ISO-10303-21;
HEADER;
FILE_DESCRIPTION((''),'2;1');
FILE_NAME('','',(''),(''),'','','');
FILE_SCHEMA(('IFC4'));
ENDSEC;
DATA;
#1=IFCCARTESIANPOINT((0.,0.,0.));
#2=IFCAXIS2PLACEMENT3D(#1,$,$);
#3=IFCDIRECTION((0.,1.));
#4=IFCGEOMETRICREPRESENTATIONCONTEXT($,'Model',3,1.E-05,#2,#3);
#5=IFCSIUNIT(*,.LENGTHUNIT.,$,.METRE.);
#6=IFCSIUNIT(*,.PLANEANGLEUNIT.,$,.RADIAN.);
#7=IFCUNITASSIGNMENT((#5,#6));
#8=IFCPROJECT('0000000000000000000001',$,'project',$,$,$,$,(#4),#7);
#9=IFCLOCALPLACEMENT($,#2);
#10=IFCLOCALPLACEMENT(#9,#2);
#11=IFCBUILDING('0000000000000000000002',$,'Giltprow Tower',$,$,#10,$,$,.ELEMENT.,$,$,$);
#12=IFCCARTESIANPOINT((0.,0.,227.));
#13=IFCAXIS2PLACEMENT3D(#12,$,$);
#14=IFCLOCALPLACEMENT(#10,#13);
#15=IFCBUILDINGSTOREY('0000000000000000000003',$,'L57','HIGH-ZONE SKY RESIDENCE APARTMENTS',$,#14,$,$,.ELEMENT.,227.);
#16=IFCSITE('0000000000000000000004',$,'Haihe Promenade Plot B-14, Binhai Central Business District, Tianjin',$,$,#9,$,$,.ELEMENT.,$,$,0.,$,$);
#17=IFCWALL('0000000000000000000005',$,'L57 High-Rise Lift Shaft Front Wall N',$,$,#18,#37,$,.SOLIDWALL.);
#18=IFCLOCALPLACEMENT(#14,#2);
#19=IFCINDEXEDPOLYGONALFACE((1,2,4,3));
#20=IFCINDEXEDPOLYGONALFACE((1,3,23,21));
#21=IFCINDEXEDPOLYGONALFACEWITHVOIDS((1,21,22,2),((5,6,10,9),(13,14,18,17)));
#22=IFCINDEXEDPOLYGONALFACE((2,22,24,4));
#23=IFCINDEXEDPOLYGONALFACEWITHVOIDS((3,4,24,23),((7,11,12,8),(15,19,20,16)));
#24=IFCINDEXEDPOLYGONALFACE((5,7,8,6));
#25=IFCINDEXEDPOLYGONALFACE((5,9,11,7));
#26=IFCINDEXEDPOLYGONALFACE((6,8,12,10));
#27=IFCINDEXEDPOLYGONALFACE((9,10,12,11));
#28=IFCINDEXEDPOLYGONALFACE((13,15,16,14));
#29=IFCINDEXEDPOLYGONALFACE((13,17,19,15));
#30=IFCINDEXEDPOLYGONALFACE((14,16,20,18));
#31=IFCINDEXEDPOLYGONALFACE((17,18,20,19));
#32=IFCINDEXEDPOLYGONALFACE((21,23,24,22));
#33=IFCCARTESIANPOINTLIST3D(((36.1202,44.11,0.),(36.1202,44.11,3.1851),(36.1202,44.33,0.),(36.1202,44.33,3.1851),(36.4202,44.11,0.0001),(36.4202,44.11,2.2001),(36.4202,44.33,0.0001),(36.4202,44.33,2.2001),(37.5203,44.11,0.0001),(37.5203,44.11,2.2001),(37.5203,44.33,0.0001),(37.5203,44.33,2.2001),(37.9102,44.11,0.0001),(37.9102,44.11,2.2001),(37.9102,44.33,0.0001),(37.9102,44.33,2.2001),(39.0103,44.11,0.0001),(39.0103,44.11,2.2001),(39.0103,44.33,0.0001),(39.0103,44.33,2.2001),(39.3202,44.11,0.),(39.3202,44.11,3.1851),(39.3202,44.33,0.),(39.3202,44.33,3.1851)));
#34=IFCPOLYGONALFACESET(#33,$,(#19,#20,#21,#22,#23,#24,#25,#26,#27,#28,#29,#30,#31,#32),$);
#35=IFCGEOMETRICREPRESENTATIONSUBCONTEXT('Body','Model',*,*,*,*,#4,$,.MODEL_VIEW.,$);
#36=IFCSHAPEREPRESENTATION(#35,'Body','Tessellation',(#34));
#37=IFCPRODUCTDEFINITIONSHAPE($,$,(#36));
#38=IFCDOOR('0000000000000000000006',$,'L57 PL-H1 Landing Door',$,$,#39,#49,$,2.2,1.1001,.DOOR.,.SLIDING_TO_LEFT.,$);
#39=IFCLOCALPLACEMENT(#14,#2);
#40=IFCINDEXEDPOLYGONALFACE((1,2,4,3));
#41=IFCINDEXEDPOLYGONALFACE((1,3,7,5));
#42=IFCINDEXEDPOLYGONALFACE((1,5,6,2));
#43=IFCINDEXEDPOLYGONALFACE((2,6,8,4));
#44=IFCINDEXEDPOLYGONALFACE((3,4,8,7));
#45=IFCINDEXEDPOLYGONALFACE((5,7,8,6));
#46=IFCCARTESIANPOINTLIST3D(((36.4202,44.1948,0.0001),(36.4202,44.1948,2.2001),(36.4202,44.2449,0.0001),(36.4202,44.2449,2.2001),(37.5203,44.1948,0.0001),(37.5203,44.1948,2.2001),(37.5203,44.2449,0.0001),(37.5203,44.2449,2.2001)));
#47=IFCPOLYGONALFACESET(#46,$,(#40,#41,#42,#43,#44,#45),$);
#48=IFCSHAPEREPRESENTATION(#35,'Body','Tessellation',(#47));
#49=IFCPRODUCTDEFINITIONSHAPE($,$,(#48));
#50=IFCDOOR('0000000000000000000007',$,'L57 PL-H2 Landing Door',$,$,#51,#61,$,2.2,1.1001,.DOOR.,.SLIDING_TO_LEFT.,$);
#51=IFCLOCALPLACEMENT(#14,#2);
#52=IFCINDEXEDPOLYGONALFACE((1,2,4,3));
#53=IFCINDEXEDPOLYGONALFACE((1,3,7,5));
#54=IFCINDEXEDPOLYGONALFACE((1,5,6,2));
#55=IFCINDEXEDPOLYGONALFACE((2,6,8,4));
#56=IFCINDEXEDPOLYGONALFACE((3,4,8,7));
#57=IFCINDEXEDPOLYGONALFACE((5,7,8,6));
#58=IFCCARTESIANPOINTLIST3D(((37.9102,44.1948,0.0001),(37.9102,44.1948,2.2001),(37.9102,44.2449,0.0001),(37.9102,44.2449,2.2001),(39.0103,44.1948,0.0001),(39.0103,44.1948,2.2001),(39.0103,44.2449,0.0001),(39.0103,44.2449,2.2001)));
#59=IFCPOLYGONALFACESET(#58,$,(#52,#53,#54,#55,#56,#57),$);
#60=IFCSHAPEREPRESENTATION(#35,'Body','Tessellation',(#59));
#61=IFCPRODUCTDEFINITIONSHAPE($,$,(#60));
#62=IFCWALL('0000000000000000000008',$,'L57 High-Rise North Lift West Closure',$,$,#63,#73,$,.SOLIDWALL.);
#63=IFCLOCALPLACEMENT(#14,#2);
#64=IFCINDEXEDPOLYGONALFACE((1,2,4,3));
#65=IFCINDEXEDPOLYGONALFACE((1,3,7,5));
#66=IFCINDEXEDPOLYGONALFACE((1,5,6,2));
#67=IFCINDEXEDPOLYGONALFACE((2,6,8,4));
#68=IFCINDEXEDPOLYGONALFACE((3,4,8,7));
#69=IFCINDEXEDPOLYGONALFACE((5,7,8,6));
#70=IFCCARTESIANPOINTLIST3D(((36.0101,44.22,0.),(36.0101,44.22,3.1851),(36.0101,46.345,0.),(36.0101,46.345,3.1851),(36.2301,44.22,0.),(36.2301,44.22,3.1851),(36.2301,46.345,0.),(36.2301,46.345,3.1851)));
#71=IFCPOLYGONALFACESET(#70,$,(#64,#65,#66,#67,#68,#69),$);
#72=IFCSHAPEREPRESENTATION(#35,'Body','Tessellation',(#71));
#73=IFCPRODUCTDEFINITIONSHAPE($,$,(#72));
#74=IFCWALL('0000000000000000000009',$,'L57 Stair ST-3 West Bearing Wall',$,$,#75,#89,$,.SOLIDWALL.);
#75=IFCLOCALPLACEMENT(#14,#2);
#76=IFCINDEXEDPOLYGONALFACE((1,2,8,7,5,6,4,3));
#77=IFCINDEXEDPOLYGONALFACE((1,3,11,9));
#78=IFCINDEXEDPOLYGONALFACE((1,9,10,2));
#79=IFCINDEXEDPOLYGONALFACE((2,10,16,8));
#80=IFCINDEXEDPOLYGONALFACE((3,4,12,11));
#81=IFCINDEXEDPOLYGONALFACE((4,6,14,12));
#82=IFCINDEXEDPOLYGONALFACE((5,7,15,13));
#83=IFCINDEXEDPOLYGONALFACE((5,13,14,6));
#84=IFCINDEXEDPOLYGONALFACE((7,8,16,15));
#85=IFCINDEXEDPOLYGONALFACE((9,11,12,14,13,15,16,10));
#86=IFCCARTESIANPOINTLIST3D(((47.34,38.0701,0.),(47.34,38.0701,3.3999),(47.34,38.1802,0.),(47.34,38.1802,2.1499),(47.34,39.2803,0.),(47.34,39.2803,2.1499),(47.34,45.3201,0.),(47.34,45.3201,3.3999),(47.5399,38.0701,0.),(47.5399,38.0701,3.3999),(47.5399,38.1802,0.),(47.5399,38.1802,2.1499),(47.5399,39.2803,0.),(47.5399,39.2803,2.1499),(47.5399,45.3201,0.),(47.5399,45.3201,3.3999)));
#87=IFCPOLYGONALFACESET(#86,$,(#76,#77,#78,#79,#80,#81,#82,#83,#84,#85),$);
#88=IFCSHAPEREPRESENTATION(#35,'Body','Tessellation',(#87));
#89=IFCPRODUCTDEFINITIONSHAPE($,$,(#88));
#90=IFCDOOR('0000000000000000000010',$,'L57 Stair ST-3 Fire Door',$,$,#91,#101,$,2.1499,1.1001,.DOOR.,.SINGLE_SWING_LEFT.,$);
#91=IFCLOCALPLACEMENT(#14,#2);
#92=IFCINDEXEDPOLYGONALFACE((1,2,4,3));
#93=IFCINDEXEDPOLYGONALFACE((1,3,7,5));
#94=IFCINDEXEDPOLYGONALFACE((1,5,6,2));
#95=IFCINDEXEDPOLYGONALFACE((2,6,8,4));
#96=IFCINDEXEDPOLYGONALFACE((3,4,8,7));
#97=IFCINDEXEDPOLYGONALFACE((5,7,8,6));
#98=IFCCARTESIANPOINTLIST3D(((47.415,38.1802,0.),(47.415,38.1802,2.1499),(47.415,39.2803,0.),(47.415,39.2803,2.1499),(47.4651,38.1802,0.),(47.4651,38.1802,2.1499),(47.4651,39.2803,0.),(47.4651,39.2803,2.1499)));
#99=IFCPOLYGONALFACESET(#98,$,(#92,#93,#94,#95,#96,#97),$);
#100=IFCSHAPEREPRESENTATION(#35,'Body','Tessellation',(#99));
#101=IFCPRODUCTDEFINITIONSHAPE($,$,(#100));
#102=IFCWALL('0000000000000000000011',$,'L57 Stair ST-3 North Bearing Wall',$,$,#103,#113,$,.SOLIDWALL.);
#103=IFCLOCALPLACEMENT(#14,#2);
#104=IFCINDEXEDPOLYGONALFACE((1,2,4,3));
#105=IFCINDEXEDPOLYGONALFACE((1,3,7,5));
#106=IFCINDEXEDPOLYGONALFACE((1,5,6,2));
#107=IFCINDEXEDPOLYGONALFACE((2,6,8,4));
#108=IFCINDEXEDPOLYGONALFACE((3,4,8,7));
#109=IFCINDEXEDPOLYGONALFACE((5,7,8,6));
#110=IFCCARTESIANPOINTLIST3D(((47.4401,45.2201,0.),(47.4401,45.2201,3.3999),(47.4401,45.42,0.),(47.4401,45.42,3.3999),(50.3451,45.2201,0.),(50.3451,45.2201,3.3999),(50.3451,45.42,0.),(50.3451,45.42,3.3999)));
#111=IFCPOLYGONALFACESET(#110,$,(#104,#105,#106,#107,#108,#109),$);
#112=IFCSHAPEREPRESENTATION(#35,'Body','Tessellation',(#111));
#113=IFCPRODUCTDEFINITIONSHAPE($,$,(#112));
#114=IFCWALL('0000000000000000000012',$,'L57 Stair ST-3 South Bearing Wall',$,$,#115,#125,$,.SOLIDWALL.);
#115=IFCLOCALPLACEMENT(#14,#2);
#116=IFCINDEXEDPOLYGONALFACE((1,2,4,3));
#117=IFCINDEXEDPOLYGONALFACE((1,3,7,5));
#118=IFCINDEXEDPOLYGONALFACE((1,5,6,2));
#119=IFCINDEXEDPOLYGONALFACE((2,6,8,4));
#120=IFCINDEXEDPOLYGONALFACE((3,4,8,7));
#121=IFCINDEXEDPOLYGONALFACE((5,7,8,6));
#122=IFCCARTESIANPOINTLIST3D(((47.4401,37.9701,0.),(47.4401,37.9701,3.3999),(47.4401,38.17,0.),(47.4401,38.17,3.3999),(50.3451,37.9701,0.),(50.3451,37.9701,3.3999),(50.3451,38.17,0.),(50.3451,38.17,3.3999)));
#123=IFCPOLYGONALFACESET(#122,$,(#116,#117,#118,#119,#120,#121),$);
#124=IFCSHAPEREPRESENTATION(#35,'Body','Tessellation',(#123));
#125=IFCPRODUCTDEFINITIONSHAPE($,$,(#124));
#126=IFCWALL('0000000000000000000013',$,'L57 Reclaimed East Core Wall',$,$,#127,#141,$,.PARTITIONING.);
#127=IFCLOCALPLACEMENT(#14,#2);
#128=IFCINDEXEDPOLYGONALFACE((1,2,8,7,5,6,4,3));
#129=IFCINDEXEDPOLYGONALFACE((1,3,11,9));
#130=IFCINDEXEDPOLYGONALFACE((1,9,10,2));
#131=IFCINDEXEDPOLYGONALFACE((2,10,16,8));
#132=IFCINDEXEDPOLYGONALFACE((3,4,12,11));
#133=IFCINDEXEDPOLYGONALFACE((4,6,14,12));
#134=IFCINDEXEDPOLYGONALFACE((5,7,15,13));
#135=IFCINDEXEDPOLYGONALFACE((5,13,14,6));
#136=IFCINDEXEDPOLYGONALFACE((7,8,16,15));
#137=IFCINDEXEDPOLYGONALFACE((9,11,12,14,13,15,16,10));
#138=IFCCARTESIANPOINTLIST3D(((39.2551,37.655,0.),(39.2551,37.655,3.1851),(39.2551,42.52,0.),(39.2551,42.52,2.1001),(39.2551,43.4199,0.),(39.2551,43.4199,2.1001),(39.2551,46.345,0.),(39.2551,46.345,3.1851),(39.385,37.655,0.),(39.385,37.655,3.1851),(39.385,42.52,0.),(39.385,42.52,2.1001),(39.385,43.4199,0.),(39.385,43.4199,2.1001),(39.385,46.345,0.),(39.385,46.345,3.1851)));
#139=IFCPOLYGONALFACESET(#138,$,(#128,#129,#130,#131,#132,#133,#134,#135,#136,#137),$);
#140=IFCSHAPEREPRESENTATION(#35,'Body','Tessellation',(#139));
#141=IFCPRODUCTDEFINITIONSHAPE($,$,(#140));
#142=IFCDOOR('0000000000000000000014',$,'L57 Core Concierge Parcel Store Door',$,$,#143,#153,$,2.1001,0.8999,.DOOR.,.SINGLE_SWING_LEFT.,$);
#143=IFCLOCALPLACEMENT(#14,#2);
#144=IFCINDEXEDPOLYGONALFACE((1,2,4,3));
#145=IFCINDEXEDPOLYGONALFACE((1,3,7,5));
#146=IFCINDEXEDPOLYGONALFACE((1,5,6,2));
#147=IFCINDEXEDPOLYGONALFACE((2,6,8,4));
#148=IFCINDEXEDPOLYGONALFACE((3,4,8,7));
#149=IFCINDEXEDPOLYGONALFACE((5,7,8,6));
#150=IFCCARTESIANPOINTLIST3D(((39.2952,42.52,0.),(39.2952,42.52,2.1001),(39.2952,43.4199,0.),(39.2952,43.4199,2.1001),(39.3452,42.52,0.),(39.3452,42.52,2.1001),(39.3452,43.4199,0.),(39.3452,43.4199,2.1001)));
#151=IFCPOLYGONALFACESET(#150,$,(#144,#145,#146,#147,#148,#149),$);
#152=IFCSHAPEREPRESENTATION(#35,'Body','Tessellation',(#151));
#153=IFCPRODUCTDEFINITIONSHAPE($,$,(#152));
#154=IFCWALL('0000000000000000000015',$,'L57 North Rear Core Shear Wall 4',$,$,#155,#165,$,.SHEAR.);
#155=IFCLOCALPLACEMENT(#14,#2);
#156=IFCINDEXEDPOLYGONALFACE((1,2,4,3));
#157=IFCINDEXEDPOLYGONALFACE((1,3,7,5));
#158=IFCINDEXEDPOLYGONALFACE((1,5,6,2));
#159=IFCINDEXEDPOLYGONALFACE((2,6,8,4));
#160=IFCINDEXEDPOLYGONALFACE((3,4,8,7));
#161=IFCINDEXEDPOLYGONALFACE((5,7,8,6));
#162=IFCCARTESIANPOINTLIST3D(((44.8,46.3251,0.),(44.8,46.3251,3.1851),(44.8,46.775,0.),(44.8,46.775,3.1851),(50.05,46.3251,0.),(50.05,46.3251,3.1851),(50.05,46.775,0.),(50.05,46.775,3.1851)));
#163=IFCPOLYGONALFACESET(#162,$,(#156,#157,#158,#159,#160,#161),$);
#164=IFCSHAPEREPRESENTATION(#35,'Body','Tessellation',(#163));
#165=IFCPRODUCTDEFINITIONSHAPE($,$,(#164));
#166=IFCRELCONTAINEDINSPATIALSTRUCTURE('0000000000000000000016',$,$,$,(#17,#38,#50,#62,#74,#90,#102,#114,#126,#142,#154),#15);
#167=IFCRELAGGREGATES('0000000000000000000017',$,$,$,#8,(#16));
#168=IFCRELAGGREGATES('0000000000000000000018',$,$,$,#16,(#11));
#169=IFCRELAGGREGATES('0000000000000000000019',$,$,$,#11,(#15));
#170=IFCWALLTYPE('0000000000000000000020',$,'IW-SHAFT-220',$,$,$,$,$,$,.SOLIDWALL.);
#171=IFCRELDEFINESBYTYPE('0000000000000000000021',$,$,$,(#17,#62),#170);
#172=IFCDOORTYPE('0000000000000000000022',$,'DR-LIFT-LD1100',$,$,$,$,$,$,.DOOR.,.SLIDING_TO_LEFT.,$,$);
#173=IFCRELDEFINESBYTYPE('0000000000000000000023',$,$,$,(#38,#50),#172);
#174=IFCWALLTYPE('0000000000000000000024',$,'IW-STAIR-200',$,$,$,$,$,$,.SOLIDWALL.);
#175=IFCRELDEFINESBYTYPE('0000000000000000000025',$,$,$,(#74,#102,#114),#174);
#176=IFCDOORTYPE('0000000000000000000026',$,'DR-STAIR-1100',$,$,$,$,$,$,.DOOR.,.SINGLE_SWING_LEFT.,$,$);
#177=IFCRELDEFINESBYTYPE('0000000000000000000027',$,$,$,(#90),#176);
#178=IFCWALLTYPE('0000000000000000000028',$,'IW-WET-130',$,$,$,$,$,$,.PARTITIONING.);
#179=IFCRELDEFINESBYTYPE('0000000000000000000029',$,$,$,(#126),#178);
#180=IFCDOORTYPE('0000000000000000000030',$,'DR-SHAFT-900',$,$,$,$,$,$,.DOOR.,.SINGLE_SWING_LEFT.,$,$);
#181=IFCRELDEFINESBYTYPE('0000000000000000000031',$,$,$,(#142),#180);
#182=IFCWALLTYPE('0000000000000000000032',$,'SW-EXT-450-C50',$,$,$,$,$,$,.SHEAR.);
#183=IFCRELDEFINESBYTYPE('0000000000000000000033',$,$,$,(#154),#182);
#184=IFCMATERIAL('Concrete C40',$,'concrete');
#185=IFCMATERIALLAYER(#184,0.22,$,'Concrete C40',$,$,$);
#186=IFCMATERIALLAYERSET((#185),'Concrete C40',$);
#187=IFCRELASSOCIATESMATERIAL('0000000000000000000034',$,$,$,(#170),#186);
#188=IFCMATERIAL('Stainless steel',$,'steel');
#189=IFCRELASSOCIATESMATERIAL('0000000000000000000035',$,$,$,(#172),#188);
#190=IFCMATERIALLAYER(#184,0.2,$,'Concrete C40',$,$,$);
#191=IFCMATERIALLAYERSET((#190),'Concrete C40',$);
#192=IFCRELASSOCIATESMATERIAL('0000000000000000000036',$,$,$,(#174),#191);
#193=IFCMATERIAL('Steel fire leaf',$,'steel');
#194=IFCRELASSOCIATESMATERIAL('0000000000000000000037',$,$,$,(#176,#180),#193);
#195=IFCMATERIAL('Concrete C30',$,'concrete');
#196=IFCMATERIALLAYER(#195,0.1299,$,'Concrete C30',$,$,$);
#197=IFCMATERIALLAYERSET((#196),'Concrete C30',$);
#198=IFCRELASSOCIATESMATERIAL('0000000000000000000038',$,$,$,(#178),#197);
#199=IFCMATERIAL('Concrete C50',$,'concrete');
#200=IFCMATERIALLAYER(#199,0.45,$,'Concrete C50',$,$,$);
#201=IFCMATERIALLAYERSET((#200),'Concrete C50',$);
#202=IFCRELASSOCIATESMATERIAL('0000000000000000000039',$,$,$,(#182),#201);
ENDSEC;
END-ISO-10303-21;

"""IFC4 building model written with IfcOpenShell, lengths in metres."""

from ifc_helpers import new_model, si_unit, direction, frame, frame_2d, origin, place, context, subcontext, project, spatial, rectangle, extrude, source, transform, mapped, material, layer, layer_set, type_object, element, fill, save


model = new_model("IFC4")

# Units and contexts
model_context = context("Model", 3, precision=1e-05, world=origin(), true_north=direction((0.0, 1.0)))
body_context = subcontext(model_context, "Body", "Model", "MODEL_VIEW")
ifc_project = project(units=[si_unit("LENGTHUNIT", "METRE"), si_unit("PLANEANGLEUNIT", "RADIAN")], contexts=[model_context])

# Site, building, storey
site_placement = place(None, origin())
site = spatial("IfcSite", under=ifc_project, at=site_placement, Name="Haihe Promenade Plot B-14, Binhai Central Business District, Tianjin", CompositionType="ELEMENT", RefElevation=0.0)
building_placement = place(site_placement, origin())
building = spatial("IfcBuilding", under=site, at=building_placement, Name="Giltprow Tower", CompositionType="ELEMENT")
storey_placement = place(building_placement, frame((0.0, 0.0, 227.0)))
storey = spatial("IfcBuildingStorey", under=building, at=storey_placement, Name="L57", Description="HIGH-ZONE SKY RESIDENCE APARTMENTS", CompositionType="ELEMENT", Elevation=227.0)

# Shared definitions
ifc_material_1 = material(Name="Concrete C50", Category="concrete")

# Shared definitions
ifc_material_2 = material(Name="Concrete C40", Category="concrete")
ifc_layer_1 = layer(ifc_material_2, 0.22, Name="Concrete C40")
ifc_layer_set_1 = layer_set([ifc_layer_1], Name="Concrete C40")
wall_type_1 = type_object("IfcWallType", Name="IW-SHAFT-220", PredefinedType="SOLIDWALL", material=ifc_layer_set_1)
ifc_material_3 = material(Name="Stainless steel", Category="steel")
door_type_1 = type_object("IfcDoorType", Name="DR-LIFT-LD1100", OperationType="SLIDING_TO_LEFT", PredefinedType="DOOR", material=ifc_material_3)
shared_shape_1 = source(origin(), body_context, "Body", "SweptSolid", [
    extrude(rectangle(XDim=1.1001, YDim=2.2, at=frame_2d((0.55, 1.1001))), frame((0.0, 0.0249, 0.0), z_axis=(0.0, -1.0, 0.0), x_axis=(1.0, 0.0, 0.0)), (0.0, 0.0, 1.0), 0.05),
])

# Wall, openings, doors
wall_1_placement = place(storey_placement, frame((36.1201, 44.22, 0.0), z_axis=(0.0, 0.0, 1.0), x_axis=(1.0, 0.0, 0.0)))
wall_1 = element("IfcWall", 1, at=wall_1_placement, inside=storey, type_object=wall_type_1, Name="L57 High-Rise Lift Shaft Front Wall N", PredefinedType="SOLIDWALL", context=body_context, shape_type="SweptSolid", body=[
    extrude(rectangle(XDim=3.2, YDim=0.22, at=frame_2d((1.6001, 0.0))), origin(), (0.0, 0.0, 1.0), 3.1851),
])
opening_1_placement = place(wall_1_placement, frame((0.3, 0.0, 0.0)))
opening_1 = element("IfcOpeningElement", 2, at=opening_1_placement, cuts=wall_1, PredefinedType="OPENING", context=body_context, shape_type="SweptSolid", body=[
    extrude(rectangle(XDim=1.1001, YDim=2.2, at=frame_2d((0.55, 1.1001))), frame((0.0, 0.1199, 0.0), z_axis=(0.0, -1.0, 0.0), x_axis=(1.0, 0.0, 0.0)), (0.0, 0.0, 1.0), 0.24),
])
opening_2_placement = place(wall_1_placement, frame((1.79, 0.0, 0.0)))
opening_2 = element("IfcOpeningElement", 3, at=opening_2_placement, cuts=wall_1, PredefinedType="OPENING", context=body_context, shape_type="SweptSolid", body=[
    extrude(rectangle(XDim=1.1001, YDim=2.2, at=frame_2d((0.55, 1.1001))), frame((0.0, 0.1199, 0.0), z_axis=(0.0, -1.0, 0.0), x_axis=(1.0, 0.0, 0.0)), (0.0, 0.0, 1.0), 0.24),
])
door_1_placement = place(opening_1_placement, origin())
door_1 = element("IfcDoor", 4, at=door_1_placement, inside=storey, type_object=door_type_1, Name="L57 PL-H1 Landing Door", OperationType="SLIDING_TO_LEFT", OverallHeight=2.2, OverallWidth=1.1001, PredefinedType="DOOR", context=body_context, shape_type="MappedRepresentation", body=[
    mapped(shared_shape_1, transform((0.0, 0.0, 0.0), x_axis=(1.0, 0.0, 0.0), y_axis=(0.0, 1.0, 0.0), z_axis=(0.0, 0.0, 1.0), scale=1.0)),
])
fill(opening_1, door_1)
door_2_placement = place(opening_2_placement, origin())
door_2 = element("IfcDoor", 5, at=door_2_placement, inside=storey, type_object=door_type_1, Name="L57 PL-H2 Landing Door", OperationType="SLIDING_TO_LEFT", OverallHeight=2.2, OverallWidth=1.1001, PredefinedType="DOOR", context=body_context, shape_type="MappedRepresentation", body=[
    mapped(shared_shape_1, transform((0.0, 0.0, 0.0), x_axis=(1.0, 0.0, 0.0), y_axis=(0.0, 1.0, 0.0), z_axis=(0.0, 0.0, 1.0), scale=1.0)),
])
fill(opening_2, door_2)

# Wall
wall_2_placement = place(storey_placement, frame((36.1201, 44.22, 0.0), z_axis=(0.0, 0.0, 1.0), x_axis=(0.0, 1.0, 0.0)))
element("IfcWall", 6, at=wall_2_placement, inside=storey, type_object=wall_type_1, Name="L57 High-Rise North Lift West Closure", PredefinedType="SOLIDWALL", context=body_context, shape_type="SweptSolid", body=[
    extrude(rectangle(XDim=2.125, YDim=0.22, at=frame_2d((1.0625, 0.0))), origin(), (0.0, 0.0, 1.0), 3.1851),
])

# Wall, opening, door
ifc_layer_2 = layer(ifc_material_2, 0.2, Name="Concrete C40")
ifc_layer_set_2 = layer_set([ifc_layer_2], Name="Concrete C40")
wall_type_2 = type_object("IfcWallType", Name="IW-STAIR-200", PredefinedType="SOLIDWALL", material=ifc_layer_set_2)
wall_3_placement = place(storey_placement, frame((47.4399, 38.0701, 0.0), z_axis=(0.0, 0.0, 1.0), x_axis=(0.0, 1.0, 0.0)))
wall_3 = element("IfcWall", 7, at=wall_3_placement, inside=storey, type_object=wall_type_2, Name="L57 Stair ST-3 West Bearing Wall", PredefinedType="SOLIDWALL", context=body_context, shape_type="SweptSolid", body=[
    extrude(rectangle(XDim=7.25, YDim=0.2, at=frame_2d((3.625, 0.0))), origin(), (0.0, 0.0, 1.0), 3.3999),
])
opening_3_placement = place(wall_3_placement, frame((0.1101, 0.0, 0.0)))
opening_3 = element("IfcOpeningElement", 8, at=opening_3_placement, cuts=wall_3, PredefinedType="OPENING", context=body_context, shape_type="SweptSolid", body=[
    extrude(rectangle(XDim=1.1001, YDim=2.1499, at=frame_2d((0.55, 1.075))), frame((0.0, 0.1099, 0.0), z_axis=(0.0, -1.0, 0.0), x_axis=(1.0, 0.0, 0.0)), (0.0, 0.0, 1.0), 0.22),
])
ifc_material_4 = material(Name="Steel fire leaf", Category="steel")
door_type_2 = type_object("IfcDoorType", Name="DR-STAIR-1100", OperationType="SINGLE_SWING_LEFT", PredefinedType="DOOR", material=ifc_material_4)
shared_shape_2 = source(origin(), body_context, "Body", "SweptSolid", [
    extrude(rectangle(XDim=1.1001, YDim=2.1499, at=frame_2d((0.55, 1.075))), frame((0.0, 0.0249, 0.0), z_axis=(0.0, -1.0, 0.0), x_axis=(1.0, 0.0, 0.0)), (0.0, 0.0, 1.0), 0.05),
])
door_3_placement = place(opening_3_placement, origin())
door_3 = element("IfcDoor", 9, at=door_3_placement, inside=storey, type_object=door_type_2, Name="L57 Stair ST-3 Fire Door", OperationType="SINGLE_SWING_LEFT", OverallHeight=2.1499, OverallWidth=1.1001, PredefinedType="DOOR", context=body_context, shape_type="MappedRepresentation", body=[
    mapped(shared_shape_2, transform((0.0, 0.0, 0.0), x_axis=(1.0, 0.0, 0.0), y_axis=(0.0, 1.0, 0.0), z_axis=(0.0, 0.0, 1.0), scale=1.0)),
])
fill(opening_3, door_3)

# Walls
for number, where, z_axis, x_axis, name in (
    (10, (47.4399, 45.3201, 0.0), (0.0, 0.0, 1.0), (1.0, 0.0, 0.0), "L57 Stair ST-3 North Bearing Wall"),
    (11, (47.4399, 38.0701, 0.0), (0.0, 0.0, 1.0), (1.0, 0.0, 0.0), "L57 Stair ST-3 South Bearing Wall"),
):
    element("IfcWall", number, at=place(storey_placement, frame(where, z_axis=z_axis, x_axis=x_axis)), inside=storey, type_object=wall_type_2, Name=name, PredefinedType="SOLIDWALL", context=body_context, shape_type="SweptSolid", body=[
        extrude(rectangle(XDim=2.905, YDim=0.2, at=frame_2d((1.4526, 0.0))), origin(), (0.0, 0.0, 1.0), 3.3999),
    ])

# Wall, opening, door
ifc_material_5 = material(Name="Concrete C30", Category="concrete")
ifc_layer_3 = layer(ifc_material_5, 0.1299, Name="Concrete C30")
ifc_layer_set_3 = layer_set([ifc_layer_3], Name="Concrete C30")
wall_type_3 = type_object("IfcWallType", Name="IW-WET-130", PredefinedType="PARTITIONING", material=ifc_layer_set_3)
wall_4_placement = place(storey_placement, frame((39.3201, 37.655, 0.0), z_axis=(0.0, 0.0, 1.0), x_axis=(0.0, 1.0, 0.0)))
wall_4 = element("IfcWall", 12, at=wall_4_placement, inside=storey, type_object=wall_type_3, Name="L57 Reclaimed East Core Wall", PredefinedType="PARTITIONING", context=body_context, shape_type="SweptSolid", body=[
    extrude(rectangle(XDim=8.6899, YDim=0.1299, at=frame_2d((4.345, 0.0))), origin(), (0.0, 0.0, 1.0), 3.1851),
])
opening_4_placement = place(wall_4_placement, frame((4.865, 0.0, 0.0)))
opening_4 = element("IfcOpeningElement", 13, at=opening_4_placement, cuts=wall_4, PredefinedType="OPENING", context=body_context, shape_type="SweptSolid", body=[
    extrude(rectangle(XDim=0.8999, YDim=2.1001, at=frame_2d((0.45, 1.05))), frame((0.0, 0.075, 0.0), z_axis=(0.0, -1.0, 0.0), x_axis=(1.0, 0.0, 0.0)), (0.0, 0.0, 1.0), 0.1499),
])
door_type_3 = type_object("IfcDoorType", Name="DR-SHAFT-900", OperationType="SINGLE_SWING_LEFT", PredefinedType="DOOR", material=ifc_material_4)
shared_shape_3 = source(origin(), body_context, "Body", "SweptSolid", [
    extrude(rectangle(XDim=0.8999, YDim=2.1001, at=frame_2d((0.45, 1.05))), frame((0.0, 0.0249, 0.0), z_axis=(0.0, -1.0, 0.0), x_axis=(1.0, 0.0, 0.0)), (0.0, 0.0, 1.0), 0.05),
])
door_4_placement = place(opening_4_placement, origin())
door_4 = element("IfcDoor", 14, at=door_4_placement, inside=storey, type_object=door_type_3, Name="L57 Core Concierge Parcel Store Door", OperationType="SINGLE_SWING_LEFT", OverallHeight=2.1001, OverallWidth=0.8999, PredefinedType="DOOR", context=body_context, shape_type="MappedRepresentation", body=[
    mapped(shared_shape_3, transform((0.0, 0.0, 0.0), x_axis=(1.0, 0.0, 0.0), y_axis=(0.0, 1.0, 0.0), z_axis=(0.0, 0.0, 1.0), scale=1.0)),
])
fill(opening_4, door_4)

# Wall
ifc_layer_4 = layer(ifc_material_1, 0.45, Name="Concrete C50")
ifc_layer_set_4 = layer_set([ifc_layer_4], Name="Concrete C50")
wall_type_4 = type_object("IfcWallType", Name="SW-EXT-450-C50", PredefinedType="SHEAR", material=ifc_layer_set_4)
wall_5_placement = place(storey_placement, frame((44.8, 46.55, 0.0), z_axis=(0.0, 0.0, 1.0), x_axis=(1.0, 0.0, 0.0)))
element("IfcWall", 15, at=wall_5_placement, inside=storey, type_object=wall_type_4, Name="L57 North Rear Core Shear Wall 4", PredefinedType="SHEAR", context=body_context, shape_type="SweptSolid", body=[
    extrude(rectangle(XDim=5.25, YDim=0.45, at=frame_2d((2.625, 0.0))), origin(), (0.0, 0.0, 1.0), 3.1851),
])

save(model, "model.ifc")
